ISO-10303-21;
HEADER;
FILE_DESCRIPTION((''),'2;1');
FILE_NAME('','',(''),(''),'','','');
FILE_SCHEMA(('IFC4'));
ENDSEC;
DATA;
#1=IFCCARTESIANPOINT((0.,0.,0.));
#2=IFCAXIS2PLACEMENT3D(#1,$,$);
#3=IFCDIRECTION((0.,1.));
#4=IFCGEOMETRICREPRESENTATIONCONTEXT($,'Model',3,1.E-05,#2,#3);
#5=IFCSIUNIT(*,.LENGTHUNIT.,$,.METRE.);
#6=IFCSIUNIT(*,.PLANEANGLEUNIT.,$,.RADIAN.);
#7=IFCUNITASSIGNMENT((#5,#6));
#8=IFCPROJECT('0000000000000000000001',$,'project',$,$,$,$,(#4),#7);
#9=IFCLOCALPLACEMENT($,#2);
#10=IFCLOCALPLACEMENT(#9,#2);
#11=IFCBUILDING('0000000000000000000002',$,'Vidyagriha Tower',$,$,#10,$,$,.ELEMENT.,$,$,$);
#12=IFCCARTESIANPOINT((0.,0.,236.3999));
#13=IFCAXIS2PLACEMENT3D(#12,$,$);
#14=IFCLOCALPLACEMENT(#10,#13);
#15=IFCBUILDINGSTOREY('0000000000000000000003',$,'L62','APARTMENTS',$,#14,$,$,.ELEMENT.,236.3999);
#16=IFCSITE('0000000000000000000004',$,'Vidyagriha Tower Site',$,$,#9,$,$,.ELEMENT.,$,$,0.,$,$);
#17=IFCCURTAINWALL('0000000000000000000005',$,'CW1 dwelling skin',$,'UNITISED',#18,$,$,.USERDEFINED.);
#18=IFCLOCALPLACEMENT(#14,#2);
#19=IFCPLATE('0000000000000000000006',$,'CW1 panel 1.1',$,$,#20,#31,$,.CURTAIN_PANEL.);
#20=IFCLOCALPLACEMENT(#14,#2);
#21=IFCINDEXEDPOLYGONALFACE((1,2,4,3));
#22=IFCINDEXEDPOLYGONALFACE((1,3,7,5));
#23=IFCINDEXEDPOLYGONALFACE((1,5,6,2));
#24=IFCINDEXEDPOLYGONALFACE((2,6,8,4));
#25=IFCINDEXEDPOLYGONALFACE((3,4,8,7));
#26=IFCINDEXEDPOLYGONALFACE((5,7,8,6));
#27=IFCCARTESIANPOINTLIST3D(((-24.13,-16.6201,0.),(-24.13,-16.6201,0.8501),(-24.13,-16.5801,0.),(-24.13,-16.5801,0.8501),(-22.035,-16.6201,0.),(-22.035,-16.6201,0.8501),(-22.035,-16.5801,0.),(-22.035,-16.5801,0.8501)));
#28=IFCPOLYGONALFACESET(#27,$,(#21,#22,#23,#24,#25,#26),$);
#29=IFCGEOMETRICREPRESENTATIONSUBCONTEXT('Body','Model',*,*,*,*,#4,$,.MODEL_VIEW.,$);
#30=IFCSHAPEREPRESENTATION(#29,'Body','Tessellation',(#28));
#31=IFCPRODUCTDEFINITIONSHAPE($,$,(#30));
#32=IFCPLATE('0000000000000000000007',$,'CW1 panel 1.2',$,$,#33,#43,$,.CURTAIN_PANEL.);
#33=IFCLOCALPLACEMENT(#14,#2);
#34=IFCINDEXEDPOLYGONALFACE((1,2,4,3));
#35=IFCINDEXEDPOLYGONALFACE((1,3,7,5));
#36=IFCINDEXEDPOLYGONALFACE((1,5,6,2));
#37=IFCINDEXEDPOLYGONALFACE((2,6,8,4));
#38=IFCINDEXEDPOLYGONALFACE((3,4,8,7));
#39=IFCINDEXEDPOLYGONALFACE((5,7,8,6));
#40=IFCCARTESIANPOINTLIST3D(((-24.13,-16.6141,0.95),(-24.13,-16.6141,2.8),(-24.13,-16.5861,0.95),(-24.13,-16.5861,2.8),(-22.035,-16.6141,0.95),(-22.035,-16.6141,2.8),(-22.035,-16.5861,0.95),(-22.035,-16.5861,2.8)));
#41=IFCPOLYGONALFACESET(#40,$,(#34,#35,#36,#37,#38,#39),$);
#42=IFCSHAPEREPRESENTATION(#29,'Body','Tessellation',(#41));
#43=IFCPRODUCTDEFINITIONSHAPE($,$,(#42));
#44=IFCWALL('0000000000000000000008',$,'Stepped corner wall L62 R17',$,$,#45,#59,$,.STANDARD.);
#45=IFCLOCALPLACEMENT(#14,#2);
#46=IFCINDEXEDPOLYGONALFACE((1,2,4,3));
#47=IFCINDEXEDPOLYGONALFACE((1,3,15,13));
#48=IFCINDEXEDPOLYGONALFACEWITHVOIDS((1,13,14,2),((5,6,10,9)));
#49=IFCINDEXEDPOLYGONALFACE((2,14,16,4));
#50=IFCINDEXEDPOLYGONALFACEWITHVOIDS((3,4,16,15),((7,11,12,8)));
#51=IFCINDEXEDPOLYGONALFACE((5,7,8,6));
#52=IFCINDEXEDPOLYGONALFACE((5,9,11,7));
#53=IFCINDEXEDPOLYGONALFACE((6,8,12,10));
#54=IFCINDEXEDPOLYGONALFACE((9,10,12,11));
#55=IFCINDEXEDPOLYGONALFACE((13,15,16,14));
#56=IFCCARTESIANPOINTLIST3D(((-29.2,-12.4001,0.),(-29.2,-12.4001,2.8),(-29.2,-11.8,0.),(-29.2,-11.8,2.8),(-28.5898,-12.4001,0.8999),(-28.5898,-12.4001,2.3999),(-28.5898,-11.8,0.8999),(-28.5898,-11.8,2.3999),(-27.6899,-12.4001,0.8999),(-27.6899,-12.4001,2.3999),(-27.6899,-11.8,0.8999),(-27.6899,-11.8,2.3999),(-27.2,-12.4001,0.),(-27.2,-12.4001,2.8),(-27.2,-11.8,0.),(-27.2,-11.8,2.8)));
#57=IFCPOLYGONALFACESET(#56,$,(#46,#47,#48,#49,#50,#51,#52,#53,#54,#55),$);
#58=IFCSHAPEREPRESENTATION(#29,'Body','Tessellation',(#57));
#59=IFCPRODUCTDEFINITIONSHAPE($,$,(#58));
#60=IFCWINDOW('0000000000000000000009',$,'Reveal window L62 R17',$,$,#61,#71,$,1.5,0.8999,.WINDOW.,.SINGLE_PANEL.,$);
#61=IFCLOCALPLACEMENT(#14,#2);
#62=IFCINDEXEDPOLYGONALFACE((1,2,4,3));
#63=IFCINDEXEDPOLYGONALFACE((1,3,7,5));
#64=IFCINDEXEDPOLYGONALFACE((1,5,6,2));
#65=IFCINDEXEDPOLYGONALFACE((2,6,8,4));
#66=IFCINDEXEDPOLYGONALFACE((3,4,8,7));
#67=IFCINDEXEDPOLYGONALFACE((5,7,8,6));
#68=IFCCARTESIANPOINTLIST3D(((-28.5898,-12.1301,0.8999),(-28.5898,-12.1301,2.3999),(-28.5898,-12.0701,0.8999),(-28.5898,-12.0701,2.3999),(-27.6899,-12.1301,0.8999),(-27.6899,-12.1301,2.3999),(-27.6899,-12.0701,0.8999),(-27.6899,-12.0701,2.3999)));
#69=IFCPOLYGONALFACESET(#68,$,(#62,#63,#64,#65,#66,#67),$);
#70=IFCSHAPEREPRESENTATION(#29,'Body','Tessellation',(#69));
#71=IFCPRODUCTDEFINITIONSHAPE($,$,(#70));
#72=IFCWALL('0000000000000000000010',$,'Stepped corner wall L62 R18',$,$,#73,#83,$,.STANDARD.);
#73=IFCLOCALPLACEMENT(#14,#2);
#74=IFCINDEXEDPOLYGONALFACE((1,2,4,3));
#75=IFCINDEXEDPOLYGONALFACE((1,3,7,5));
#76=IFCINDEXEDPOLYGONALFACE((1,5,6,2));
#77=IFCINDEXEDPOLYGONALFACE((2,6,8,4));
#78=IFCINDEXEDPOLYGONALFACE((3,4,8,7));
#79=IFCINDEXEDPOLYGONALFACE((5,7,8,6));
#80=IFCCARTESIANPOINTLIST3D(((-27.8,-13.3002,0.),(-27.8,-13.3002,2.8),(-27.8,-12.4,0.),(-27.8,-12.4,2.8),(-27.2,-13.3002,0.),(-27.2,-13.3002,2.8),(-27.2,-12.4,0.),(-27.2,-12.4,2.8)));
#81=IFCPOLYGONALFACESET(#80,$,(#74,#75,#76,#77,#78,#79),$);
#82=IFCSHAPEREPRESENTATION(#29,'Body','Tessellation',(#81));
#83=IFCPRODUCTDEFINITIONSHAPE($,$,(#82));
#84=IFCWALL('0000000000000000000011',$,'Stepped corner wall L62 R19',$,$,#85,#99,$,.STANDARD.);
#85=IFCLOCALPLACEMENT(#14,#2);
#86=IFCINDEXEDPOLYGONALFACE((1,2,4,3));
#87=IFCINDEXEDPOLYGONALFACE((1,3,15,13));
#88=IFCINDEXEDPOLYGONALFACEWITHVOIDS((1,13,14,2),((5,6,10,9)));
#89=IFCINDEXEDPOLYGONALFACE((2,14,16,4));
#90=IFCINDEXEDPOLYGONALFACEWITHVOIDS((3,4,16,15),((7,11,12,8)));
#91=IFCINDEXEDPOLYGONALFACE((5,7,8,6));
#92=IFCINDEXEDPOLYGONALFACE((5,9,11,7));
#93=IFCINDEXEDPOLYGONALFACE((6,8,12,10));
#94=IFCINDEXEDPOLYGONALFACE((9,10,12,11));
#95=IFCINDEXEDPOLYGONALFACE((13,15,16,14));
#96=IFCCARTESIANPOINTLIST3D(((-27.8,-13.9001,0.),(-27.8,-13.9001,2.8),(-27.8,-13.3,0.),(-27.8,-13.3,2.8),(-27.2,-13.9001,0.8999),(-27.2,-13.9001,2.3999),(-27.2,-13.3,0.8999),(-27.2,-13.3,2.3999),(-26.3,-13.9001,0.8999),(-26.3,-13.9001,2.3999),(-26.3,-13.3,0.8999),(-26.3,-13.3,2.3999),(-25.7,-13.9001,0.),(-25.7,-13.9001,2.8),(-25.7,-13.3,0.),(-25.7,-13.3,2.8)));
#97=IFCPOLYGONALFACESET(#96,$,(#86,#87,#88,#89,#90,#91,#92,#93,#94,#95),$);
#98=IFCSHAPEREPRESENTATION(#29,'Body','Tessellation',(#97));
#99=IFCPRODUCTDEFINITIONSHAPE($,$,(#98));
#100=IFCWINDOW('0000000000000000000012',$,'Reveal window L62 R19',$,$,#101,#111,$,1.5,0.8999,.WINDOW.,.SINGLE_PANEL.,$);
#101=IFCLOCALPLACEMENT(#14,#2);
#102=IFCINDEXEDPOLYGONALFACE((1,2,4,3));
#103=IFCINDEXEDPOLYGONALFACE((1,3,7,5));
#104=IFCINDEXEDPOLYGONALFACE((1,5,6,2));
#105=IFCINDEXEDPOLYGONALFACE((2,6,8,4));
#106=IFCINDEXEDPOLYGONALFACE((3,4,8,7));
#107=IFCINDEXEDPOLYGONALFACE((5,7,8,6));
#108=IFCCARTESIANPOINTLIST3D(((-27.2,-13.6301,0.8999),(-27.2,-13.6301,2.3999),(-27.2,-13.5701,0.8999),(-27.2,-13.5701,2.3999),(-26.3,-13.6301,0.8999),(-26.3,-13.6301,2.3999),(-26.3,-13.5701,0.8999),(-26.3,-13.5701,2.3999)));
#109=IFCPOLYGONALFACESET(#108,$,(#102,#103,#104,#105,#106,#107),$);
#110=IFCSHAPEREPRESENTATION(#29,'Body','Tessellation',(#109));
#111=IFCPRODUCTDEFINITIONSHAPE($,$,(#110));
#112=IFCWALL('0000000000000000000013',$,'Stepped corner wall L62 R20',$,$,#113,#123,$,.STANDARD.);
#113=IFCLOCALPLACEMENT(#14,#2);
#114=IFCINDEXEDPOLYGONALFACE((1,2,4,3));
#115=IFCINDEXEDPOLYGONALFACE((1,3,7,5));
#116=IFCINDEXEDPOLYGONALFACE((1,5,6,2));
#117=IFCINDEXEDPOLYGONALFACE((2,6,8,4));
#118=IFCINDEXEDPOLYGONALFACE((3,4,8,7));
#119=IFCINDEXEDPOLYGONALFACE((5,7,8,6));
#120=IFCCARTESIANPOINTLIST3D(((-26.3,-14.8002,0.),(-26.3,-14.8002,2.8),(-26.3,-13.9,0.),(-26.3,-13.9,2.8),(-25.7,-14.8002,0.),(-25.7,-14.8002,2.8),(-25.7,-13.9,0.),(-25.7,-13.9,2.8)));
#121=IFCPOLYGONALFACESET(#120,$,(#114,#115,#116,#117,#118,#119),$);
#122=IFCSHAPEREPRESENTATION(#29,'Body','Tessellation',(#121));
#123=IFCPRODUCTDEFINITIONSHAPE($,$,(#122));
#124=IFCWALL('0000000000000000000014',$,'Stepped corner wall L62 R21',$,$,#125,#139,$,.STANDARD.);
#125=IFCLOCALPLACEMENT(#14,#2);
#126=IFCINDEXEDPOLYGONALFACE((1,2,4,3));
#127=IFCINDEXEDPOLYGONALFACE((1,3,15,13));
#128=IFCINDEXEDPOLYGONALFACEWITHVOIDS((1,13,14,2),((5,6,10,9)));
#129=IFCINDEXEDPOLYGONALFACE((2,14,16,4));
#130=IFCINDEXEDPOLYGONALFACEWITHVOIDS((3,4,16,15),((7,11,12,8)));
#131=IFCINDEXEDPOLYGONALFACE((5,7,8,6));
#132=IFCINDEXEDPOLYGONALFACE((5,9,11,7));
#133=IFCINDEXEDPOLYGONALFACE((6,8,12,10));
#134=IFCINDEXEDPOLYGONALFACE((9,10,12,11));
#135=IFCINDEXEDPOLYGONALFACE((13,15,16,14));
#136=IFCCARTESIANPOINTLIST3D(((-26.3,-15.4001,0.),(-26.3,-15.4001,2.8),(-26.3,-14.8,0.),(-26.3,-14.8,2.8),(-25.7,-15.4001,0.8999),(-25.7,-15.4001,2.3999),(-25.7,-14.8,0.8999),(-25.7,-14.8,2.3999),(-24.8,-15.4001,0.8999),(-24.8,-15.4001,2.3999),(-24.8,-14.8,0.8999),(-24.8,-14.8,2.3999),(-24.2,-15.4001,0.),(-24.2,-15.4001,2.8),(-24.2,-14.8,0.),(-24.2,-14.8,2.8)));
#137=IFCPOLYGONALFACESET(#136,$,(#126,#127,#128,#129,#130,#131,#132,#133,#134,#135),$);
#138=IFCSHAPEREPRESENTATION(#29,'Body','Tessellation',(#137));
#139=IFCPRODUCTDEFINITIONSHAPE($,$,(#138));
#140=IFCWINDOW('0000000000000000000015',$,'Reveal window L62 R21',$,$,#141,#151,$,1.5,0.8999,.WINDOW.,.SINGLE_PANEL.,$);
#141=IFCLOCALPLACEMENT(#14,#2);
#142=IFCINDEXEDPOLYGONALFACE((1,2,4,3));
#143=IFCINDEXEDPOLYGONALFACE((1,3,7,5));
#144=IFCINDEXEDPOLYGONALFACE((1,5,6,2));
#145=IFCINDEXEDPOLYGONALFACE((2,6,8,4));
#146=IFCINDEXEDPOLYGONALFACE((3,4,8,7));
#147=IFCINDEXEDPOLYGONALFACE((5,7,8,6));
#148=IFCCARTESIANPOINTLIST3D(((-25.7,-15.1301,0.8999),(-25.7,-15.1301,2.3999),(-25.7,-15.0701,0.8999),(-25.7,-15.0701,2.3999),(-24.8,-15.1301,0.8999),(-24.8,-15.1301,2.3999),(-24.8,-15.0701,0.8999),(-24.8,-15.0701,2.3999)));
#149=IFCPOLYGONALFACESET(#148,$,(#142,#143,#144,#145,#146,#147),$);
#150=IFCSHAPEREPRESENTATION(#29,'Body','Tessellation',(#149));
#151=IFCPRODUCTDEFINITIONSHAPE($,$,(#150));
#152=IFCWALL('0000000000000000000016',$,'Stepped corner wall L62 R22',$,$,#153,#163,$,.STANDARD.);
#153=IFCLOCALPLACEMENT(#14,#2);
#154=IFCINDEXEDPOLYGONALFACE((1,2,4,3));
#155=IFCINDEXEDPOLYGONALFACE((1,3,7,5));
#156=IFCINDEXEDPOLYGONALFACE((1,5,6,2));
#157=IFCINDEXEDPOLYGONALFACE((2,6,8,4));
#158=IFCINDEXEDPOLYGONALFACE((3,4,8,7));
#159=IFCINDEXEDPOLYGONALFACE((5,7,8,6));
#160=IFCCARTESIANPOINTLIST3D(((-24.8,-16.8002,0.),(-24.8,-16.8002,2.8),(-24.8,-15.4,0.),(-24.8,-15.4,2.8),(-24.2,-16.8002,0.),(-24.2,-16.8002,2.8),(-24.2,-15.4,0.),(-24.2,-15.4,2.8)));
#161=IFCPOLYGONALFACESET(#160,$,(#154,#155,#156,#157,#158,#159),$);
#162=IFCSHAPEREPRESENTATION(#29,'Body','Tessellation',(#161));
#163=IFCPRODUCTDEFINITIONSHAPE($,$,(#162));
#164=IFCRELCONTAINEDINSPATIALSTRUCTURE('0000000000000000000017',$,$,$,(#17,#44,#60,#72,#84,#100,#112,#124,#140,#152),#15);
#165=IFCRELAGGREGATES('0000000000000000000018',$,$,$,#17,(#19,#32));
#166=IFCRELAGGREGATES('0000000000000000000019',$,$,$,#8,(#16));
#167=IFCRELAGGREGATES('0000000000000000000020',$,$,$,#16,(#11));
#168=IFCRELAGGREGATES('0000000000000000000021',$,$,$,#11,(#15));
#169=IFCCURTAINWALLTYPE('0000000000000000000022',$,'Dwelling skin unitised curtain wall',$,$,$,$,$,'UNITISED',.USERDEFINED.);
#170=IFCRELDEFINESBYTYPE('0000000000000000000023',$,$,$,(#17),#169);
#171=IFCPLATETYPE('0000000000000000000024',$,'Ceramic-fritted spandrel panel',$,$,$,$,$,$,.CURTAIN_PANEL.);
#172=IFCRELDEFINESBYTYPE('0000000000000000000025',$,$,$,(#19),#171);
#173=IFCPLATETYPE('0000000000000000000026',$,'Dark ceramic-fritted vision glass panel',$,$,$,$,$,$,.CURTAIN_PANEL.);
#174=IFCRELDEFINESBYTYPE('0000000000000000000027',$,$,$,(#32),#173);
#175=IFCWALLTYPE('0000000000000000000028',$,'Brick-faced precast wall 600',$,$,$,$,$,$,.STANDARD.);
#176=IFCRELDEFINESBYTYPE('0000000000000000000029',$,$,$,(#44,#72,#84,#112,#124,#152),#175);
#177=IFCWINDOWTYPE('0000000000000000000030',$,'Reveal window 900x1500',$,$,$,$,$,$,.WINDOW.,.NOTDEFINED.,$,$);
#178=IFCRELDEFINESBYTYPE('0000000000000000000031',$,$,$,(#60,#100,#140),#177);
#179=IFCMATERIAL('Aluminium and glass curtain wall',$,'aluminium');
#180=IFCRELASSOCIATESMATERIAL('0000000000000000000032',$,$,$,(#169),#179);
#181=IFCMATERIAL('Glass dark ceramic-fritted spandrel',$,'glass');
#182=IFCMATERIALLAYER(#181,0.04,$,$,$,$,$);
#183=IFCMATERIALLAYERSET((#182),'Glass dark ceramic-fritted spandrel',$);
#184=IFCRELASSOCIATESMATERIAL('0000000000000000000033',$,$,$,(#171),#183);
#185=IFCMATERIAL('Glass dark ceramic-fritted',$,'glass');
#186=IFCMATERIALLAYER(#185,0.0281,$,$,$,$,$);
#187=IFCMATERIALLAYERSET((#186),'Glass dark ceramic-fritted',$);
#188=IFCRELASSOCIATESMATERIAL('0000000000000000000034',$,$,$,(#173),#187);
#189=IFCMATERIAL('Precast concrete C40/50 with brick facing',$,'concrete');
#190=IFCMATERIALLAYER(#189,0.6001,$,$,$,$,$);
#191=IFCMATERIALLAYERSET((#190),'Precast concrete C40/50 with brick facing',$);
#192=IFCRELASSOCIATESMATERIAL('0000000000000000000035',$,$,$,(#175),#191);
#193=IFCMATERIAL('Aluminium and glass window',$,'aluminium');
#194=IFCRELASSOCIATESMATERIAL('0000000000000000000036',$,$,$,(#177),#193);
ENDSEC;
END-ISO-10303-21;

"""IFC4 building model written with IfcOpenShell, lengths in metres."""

from ifc_helpers import new_model, si_unit, direction, frame, frame_2d, origin, origin_2d, place, context, subcontext, project, spatial, rectangle, extrude, material, layer, layer_set, type_object, element, fill, aggregate, save


model = new_model("IFC4")

# Units and contexts
model_context = context("Model", 3, precision=1e-05, world=origin(), true_north=direction((0.0, 1.0)))
body_context = subcontext(model_context, "Body", "Model", "MODEL_VIEW")
ifc_project = project(units=[si_unit("LENGTHUNIT", "METRE"), si_unit("PLANEANGLEUNIT", "RADIAN")], contexts=[model_context])

# Site, building, storey
site_placement = place(None, origin())
site = spatial("IfcSite", under=ifc_project, at=site_placement, Name="Vidyagriha Tower Site", CompositionType="ELEMENT", RefElevation=0.0)
building_placement = place(site_placement, origin())
building = spatial("IfcBuilding", under=site, at=building_placement, Name="Vidyagriha Tower", CompositionType="ELEMENT")
storey_placement = place(building_placement, frame((0.0, 0.0, 236.3999)))
storey = spatial("IfcBuildingStorey", under=building, at=storey_placement, Name="L62", Description="APARTMENTS", CompositionType="ELEMENT", Elevation=236.3999)

# Shared definitions
ifc_material_1 = material(Name="Aluminium and glass curtain wall", Category="aluminium")
curtain_wall_type = type_object("IfcCurtainWallType", Name="Dwelling skin unitised curtain wall", ElementType="UNITISED", PredefinedType="USERDEFINED", material=ifc_material_1)

# Curtain wall, plates
curtain_wall_1_placement = place(storey_placement, origin())
curtain_wall_1 = element("IfcCurtainWall", 1, at=curtain_wall_1_placement, inside=storey, type_object=curtain_wall_type, Name="CW1 dwelling skin", ObjectType="UNITISED", PredefinedType="USERDEFINED")
ifc_material_2 = material(Name="Glass dark ceramic-fritted spandrel", Category="glass")
ifc_layer_1 = layer(ifc_material_2, 0.04)
ifc_layer_set_1 = layer_set([ifc_layer_1], Name="Glass dark ceramic-fritted spandrel")
plate_type_1 = type_object("IfcPlateType", Name="Ceramic-fritted spandrel panel", PredefinedType="CURTAIN_PANEL", material=ifc_layer_set_1)
plate_1_placement = place(storey_placement, frame((-23.0825, -16.6001, 0.0)))
plate_1 = element("IfcPlate", 2, at=plate_1_placement, type_object=plate_type_1, Name="CW1 panel 1.1", PredefinedType="CURTAIN_PANEL", context=body_context, shape_type="SweptSolid", body=[
    extrude(rectangle(XDim=2.095, YDim=0.04, at=origin_2d()), origin(), (0.0, 0.0, 1.0), 0.8501),
])
ifc_material_3 = material(Name="Glass dark ceramic-fritted", Category="glass")
ifc_layer_2 = layer(ifc_material_3, 0.0281)
ifc_layer_set_2 = layer_set([ifc_layer_2], Name="Glass dark ceramic-fritted")
plate_type_2 = type_object("IfcPlateType", Name="Dark ceramic-fritted vision glass panel", PredefinedType="CURTAIN_PANEL", material=ifc_layer_set_2)
plate_2_placement = place(storey_placement, frame((-23.0825, -16.6001, 0.95)))
plate_2 = element("IfcPlate", 3, at=plate_2_placement, type_object=plate_type_2, Name="CW1 panel 1.2", PredefinedType="CURTAIN_PANEL", context=body_context, shape_type="SweptSolid", body=[
    extrude(rectangle(XDim=2.095, YDim=0.0281, at=origin_2d()), origin(), (0.0, 0.0, 1.0), 1.8501),
])
aggregate(curtain_wall_1, [plate_1, plate_2])

# Wall, opening, window
ifc_material_4 = material(Name="Precast concrete C40/50 with brick facing", Category="concrete")
ifc_layer_3 = layer(ifc_material_4, 0.6001)
ifc_layer_set_3 = layer_set([ifc_layer_3], Name="Precast concrete C40/50 with brick facing")
wall_type = type_object("IfcWallType", Name="Brick-faced precast wall 600", PredefinedType="STANDARD", material=ifc_layer_set_3)
wall_1_placement = place(storey_placement, frame((-29.2, -12.1001, 0.0)))
wall_1 = element("IfcWall", 4, at=wall_1_placement, inside=storey, type_object=wall_type, Name="Stepped corner wall L62 R17", PredefinedType="STANDARD", context=body_context, shape_type="SweptSolid", body=[
    extrude(rectangle(XDim=2.0, YDim=0.6001, at=frame_2d((1.0, 0.0))), origin(), (0.0, 0.0, 1.0), 2.8),
])
opening_1_placement = place(wall_1_placement, frame((0.6101, 0.0, 0.8999)))
opening_1 = element("IfcOpeningElement", 5, at=opening_1_placement, cuts=wall_1, PredefinedType="OPENING", context=body_context, shape_type="SweptSolid", body=[
    extrude(rectangle(XDim=0.8999, YDim=1.5, at=frame_2d((0.45, 0.75))), frame((0.0, 0.3101, 0.0), z_axis=(0.0, -1.0, 0.0), x_axis=(1.0, 0.0, 0.0)), (0.0, 0.0, 1.0), 0.6201),
])
ifc_material_5 = material(Name="Aluminium and glass window", Category="aluminium")
window_type = type_object("IfcWindowType", Name="Reveal window 900x1500", PartitioningType="NOTDEFINED", PredefinedType="WINDOW", material=ifc_material_5)
window_1_placement = place(opening_1_placement, origin())
window_1 = element("IfcWindow", 6, at=window_1_placement, inside=storey, type_object=window_type, Name="Reveal window L62 R17", OverallHeight=1.5, OverallWidth=0.8999, PartitioningType="SINGLE_PANEL", PredefinedType="WINDOW", context=body_context, shape_type="SweptSolid", body=[
    extrude(rectangle(XDim=0.8999, YDim=1.5, at=frame_2d((0.45, 0.75))), frame((0.0, 0.03, 0.0), z_axis=(0.0, -1.0, 0.0), x_axis=(1.0, 0.0, 0.0)), (0.0, 0.0, 1.0), 0.0601),
])
fill(opening_1, window_1)

# Wall
wall_2_placement = place(storey_placement, frame((-27.5, -12.3999, 0.0), z_axis=(0.0, 0.0, 1.0), x_axis=(0.0, -1.0, 0.0)))
element("IfcWall", 7, at=wall_2_placement, inside=storey, type_object=wall_type, Name="Stepped corner wall L62 R18", PredefinedType="STANDARD", context=body_context, shape_type="SweptSolid", body=[
    extrude(rectangle(XDim=0.9001, YDim=0.6001, at=frame_2d((0.4502, 0.0))), origin(), (0.0, 0.0, 1.0), 2.8),
])

# Wall, opening, window
wall_3_placement = place(storey_placement, frame((-27.8, -13.6001, 0.0)))
wall_3 = element("IfcWall", 8, at=wall_3_placement, inside=storey, type_object=wall_type, Name="Stepped corner wall L62 R19", PredefinedType="STANDARD", context=body_context, shape_type="SweptSolid", body=[
    extrude(rectangle(XDim=2.1001, YDim=0.6001, at=frame_2d((1.05, 0.0))), origin(), (0.0, 0.0, 1.0), 2.8),
])
opening_2_placement = place(wall_3_placement, frame((0.6001, 0.0, 0.8999)))
opening_2 = element("IfcOpeningElement", 9, at=opening_2_placement, cuts=wall_3, PredefinedType="OPENING", context=body_context, shape_type="SweptSolid", body=[
    extrude(rectangle(XDim=0.8999, YDim=1.5, at=frame_2d((0.45, 0.75))), frame((0.0, 0.3101, 0.0), z_axis=(0.0, -1.0, 0.0), x_axis=(1.0, 0.0, 0.0)), (0.0, 0.0, 1.0), 0.6201),
])
window_2_placement = place(opening_2_placement, origin())
window_2 = element("IfcWindow", 10, at=window_2_placement, inside=storey, type_object=window_type, Name="Reveal window L62 R19", OverallHeight=1.5, OverallWidth=0.8999, PartitioningType="SINGLE_PANEL", PredefinedType="WINDOW", context=body_context, shape_type="SweptSolid", body=[
    extrude(rectangle(XDim=0.8999, YDim=1.5, at=frame_2d((0.45, 0.75))), frame((0.0, 0.03, 0.0), z_axis=(0.0, -1.0, 0.0), x_axis=(1.0, 0.0, 0.0)), (0.0, 0.0, 1.0), 0.0601),
])
fill(opening_2, window_2)

# Wall
wall_4_placement = place(storey_placement, frame((-26.0, -13.8999, 0.0), z_axis=(0.0, 0.0, 1.0), x_axis=(0.0, -1.0, 0.0)))
element("IfcWall", 11, at=wall_4_placement, inside=storey, type_object=wall_type, Name="Stepped corner wall L62 R20", PredefinedType="STANDARD", context=body_context, shape_type="SweptSolid", body=[
    extrude(rectangle(XDim=0.9001, YDim=0.6001, at=frame_2d((0.4502, 0.0))), origin(), (0.0, 0.0, 1.0), 2.8),
])

# Wall, opening, window
wall_5_placement = place(storey_placement, frame((-26.3, -15.1001, 0.0)))
wall_5 = element("IfcWall", 12, at=wall_5_placement, inside=storey, type_object=wall_type, Name="Stepped corner wall L62 R21", PredefinedType="STANDARD", context=body_context, shape_type="SweptSolid", body=[
    extrude(rectangle(XDim=2.1001, YDim=0.6001, at=frame_2d((1.05, 0.0))), origin(), (0.0, 0.0, 1.0), 2.8),
])
opening_3_placement = place(wall_5_placement, frame((0.6001, 0.0, 0.8999)))
opening_3 = element("IfcOpeningElement", 13, at=opening_3_placement, cuts=wall_5, PredefinedType="OPENING", context=body_context, shape_type="SweptSolid", body=[
    extrude(rectangle(XDim=0.8999, YDim=1.5, at=frame_2d((0.45, 0.75))), frame((0.0, 0.3101, 0.0), z_axis=(0.0, -1.0, 0.0), x_axis=(1.0, 0.0, 0.0)), (0.0, 0.0, 1.0), 0.6201),
])
window_3_placement = place(opening_3_placement, origin())
window_3 = element("IfcWindow", 14, at=window_3_placement, inside=storey, type_object=window_type, Name="Reveal window L62 R21", OverallHeight=1.5, OverallWidth=0.8999, PartitioningType="SINGLE_PANEL", PredefinedType="WINDOW", context=body_context, shape_type="SweptSolid", body=[
    extrude(rectangle(XDim=0.8999, YDim=1.5, at=frame_2d((0.45, 0.75))), frame((0.0, 0.03, 0.0), z_axis=(0.0, -1.0, 0.0), x_axis=(1.0, 0.0, 0.0)), (0.0, 0.0, 1.0), 0.0601),
])
fill(opening_3, window_3)

# Wall
wall_6_placement = place(storey_placement, frame((-24.5, -15.3999, 0.0), z_axis=(0.0, 0.0, 1.0), x_axis=(0.0, -1.0, 0.0)))
element("IfcWall", 15, at=wall_6_placement, inside=storey, type_object=wall_type, Name="Stepped corner wall L62 R22", PredefinedType="STANDARD", context=body_context, shape_type="SweptSolid", body=[
    extrude(rectangle(XDim=1.4001, YDim=0.6001, at=frame_2d((0.7002, 0.0))), origin(), (0.0, 0.0, 1.0), 2.8),
])

save(model, "model.ifc")
